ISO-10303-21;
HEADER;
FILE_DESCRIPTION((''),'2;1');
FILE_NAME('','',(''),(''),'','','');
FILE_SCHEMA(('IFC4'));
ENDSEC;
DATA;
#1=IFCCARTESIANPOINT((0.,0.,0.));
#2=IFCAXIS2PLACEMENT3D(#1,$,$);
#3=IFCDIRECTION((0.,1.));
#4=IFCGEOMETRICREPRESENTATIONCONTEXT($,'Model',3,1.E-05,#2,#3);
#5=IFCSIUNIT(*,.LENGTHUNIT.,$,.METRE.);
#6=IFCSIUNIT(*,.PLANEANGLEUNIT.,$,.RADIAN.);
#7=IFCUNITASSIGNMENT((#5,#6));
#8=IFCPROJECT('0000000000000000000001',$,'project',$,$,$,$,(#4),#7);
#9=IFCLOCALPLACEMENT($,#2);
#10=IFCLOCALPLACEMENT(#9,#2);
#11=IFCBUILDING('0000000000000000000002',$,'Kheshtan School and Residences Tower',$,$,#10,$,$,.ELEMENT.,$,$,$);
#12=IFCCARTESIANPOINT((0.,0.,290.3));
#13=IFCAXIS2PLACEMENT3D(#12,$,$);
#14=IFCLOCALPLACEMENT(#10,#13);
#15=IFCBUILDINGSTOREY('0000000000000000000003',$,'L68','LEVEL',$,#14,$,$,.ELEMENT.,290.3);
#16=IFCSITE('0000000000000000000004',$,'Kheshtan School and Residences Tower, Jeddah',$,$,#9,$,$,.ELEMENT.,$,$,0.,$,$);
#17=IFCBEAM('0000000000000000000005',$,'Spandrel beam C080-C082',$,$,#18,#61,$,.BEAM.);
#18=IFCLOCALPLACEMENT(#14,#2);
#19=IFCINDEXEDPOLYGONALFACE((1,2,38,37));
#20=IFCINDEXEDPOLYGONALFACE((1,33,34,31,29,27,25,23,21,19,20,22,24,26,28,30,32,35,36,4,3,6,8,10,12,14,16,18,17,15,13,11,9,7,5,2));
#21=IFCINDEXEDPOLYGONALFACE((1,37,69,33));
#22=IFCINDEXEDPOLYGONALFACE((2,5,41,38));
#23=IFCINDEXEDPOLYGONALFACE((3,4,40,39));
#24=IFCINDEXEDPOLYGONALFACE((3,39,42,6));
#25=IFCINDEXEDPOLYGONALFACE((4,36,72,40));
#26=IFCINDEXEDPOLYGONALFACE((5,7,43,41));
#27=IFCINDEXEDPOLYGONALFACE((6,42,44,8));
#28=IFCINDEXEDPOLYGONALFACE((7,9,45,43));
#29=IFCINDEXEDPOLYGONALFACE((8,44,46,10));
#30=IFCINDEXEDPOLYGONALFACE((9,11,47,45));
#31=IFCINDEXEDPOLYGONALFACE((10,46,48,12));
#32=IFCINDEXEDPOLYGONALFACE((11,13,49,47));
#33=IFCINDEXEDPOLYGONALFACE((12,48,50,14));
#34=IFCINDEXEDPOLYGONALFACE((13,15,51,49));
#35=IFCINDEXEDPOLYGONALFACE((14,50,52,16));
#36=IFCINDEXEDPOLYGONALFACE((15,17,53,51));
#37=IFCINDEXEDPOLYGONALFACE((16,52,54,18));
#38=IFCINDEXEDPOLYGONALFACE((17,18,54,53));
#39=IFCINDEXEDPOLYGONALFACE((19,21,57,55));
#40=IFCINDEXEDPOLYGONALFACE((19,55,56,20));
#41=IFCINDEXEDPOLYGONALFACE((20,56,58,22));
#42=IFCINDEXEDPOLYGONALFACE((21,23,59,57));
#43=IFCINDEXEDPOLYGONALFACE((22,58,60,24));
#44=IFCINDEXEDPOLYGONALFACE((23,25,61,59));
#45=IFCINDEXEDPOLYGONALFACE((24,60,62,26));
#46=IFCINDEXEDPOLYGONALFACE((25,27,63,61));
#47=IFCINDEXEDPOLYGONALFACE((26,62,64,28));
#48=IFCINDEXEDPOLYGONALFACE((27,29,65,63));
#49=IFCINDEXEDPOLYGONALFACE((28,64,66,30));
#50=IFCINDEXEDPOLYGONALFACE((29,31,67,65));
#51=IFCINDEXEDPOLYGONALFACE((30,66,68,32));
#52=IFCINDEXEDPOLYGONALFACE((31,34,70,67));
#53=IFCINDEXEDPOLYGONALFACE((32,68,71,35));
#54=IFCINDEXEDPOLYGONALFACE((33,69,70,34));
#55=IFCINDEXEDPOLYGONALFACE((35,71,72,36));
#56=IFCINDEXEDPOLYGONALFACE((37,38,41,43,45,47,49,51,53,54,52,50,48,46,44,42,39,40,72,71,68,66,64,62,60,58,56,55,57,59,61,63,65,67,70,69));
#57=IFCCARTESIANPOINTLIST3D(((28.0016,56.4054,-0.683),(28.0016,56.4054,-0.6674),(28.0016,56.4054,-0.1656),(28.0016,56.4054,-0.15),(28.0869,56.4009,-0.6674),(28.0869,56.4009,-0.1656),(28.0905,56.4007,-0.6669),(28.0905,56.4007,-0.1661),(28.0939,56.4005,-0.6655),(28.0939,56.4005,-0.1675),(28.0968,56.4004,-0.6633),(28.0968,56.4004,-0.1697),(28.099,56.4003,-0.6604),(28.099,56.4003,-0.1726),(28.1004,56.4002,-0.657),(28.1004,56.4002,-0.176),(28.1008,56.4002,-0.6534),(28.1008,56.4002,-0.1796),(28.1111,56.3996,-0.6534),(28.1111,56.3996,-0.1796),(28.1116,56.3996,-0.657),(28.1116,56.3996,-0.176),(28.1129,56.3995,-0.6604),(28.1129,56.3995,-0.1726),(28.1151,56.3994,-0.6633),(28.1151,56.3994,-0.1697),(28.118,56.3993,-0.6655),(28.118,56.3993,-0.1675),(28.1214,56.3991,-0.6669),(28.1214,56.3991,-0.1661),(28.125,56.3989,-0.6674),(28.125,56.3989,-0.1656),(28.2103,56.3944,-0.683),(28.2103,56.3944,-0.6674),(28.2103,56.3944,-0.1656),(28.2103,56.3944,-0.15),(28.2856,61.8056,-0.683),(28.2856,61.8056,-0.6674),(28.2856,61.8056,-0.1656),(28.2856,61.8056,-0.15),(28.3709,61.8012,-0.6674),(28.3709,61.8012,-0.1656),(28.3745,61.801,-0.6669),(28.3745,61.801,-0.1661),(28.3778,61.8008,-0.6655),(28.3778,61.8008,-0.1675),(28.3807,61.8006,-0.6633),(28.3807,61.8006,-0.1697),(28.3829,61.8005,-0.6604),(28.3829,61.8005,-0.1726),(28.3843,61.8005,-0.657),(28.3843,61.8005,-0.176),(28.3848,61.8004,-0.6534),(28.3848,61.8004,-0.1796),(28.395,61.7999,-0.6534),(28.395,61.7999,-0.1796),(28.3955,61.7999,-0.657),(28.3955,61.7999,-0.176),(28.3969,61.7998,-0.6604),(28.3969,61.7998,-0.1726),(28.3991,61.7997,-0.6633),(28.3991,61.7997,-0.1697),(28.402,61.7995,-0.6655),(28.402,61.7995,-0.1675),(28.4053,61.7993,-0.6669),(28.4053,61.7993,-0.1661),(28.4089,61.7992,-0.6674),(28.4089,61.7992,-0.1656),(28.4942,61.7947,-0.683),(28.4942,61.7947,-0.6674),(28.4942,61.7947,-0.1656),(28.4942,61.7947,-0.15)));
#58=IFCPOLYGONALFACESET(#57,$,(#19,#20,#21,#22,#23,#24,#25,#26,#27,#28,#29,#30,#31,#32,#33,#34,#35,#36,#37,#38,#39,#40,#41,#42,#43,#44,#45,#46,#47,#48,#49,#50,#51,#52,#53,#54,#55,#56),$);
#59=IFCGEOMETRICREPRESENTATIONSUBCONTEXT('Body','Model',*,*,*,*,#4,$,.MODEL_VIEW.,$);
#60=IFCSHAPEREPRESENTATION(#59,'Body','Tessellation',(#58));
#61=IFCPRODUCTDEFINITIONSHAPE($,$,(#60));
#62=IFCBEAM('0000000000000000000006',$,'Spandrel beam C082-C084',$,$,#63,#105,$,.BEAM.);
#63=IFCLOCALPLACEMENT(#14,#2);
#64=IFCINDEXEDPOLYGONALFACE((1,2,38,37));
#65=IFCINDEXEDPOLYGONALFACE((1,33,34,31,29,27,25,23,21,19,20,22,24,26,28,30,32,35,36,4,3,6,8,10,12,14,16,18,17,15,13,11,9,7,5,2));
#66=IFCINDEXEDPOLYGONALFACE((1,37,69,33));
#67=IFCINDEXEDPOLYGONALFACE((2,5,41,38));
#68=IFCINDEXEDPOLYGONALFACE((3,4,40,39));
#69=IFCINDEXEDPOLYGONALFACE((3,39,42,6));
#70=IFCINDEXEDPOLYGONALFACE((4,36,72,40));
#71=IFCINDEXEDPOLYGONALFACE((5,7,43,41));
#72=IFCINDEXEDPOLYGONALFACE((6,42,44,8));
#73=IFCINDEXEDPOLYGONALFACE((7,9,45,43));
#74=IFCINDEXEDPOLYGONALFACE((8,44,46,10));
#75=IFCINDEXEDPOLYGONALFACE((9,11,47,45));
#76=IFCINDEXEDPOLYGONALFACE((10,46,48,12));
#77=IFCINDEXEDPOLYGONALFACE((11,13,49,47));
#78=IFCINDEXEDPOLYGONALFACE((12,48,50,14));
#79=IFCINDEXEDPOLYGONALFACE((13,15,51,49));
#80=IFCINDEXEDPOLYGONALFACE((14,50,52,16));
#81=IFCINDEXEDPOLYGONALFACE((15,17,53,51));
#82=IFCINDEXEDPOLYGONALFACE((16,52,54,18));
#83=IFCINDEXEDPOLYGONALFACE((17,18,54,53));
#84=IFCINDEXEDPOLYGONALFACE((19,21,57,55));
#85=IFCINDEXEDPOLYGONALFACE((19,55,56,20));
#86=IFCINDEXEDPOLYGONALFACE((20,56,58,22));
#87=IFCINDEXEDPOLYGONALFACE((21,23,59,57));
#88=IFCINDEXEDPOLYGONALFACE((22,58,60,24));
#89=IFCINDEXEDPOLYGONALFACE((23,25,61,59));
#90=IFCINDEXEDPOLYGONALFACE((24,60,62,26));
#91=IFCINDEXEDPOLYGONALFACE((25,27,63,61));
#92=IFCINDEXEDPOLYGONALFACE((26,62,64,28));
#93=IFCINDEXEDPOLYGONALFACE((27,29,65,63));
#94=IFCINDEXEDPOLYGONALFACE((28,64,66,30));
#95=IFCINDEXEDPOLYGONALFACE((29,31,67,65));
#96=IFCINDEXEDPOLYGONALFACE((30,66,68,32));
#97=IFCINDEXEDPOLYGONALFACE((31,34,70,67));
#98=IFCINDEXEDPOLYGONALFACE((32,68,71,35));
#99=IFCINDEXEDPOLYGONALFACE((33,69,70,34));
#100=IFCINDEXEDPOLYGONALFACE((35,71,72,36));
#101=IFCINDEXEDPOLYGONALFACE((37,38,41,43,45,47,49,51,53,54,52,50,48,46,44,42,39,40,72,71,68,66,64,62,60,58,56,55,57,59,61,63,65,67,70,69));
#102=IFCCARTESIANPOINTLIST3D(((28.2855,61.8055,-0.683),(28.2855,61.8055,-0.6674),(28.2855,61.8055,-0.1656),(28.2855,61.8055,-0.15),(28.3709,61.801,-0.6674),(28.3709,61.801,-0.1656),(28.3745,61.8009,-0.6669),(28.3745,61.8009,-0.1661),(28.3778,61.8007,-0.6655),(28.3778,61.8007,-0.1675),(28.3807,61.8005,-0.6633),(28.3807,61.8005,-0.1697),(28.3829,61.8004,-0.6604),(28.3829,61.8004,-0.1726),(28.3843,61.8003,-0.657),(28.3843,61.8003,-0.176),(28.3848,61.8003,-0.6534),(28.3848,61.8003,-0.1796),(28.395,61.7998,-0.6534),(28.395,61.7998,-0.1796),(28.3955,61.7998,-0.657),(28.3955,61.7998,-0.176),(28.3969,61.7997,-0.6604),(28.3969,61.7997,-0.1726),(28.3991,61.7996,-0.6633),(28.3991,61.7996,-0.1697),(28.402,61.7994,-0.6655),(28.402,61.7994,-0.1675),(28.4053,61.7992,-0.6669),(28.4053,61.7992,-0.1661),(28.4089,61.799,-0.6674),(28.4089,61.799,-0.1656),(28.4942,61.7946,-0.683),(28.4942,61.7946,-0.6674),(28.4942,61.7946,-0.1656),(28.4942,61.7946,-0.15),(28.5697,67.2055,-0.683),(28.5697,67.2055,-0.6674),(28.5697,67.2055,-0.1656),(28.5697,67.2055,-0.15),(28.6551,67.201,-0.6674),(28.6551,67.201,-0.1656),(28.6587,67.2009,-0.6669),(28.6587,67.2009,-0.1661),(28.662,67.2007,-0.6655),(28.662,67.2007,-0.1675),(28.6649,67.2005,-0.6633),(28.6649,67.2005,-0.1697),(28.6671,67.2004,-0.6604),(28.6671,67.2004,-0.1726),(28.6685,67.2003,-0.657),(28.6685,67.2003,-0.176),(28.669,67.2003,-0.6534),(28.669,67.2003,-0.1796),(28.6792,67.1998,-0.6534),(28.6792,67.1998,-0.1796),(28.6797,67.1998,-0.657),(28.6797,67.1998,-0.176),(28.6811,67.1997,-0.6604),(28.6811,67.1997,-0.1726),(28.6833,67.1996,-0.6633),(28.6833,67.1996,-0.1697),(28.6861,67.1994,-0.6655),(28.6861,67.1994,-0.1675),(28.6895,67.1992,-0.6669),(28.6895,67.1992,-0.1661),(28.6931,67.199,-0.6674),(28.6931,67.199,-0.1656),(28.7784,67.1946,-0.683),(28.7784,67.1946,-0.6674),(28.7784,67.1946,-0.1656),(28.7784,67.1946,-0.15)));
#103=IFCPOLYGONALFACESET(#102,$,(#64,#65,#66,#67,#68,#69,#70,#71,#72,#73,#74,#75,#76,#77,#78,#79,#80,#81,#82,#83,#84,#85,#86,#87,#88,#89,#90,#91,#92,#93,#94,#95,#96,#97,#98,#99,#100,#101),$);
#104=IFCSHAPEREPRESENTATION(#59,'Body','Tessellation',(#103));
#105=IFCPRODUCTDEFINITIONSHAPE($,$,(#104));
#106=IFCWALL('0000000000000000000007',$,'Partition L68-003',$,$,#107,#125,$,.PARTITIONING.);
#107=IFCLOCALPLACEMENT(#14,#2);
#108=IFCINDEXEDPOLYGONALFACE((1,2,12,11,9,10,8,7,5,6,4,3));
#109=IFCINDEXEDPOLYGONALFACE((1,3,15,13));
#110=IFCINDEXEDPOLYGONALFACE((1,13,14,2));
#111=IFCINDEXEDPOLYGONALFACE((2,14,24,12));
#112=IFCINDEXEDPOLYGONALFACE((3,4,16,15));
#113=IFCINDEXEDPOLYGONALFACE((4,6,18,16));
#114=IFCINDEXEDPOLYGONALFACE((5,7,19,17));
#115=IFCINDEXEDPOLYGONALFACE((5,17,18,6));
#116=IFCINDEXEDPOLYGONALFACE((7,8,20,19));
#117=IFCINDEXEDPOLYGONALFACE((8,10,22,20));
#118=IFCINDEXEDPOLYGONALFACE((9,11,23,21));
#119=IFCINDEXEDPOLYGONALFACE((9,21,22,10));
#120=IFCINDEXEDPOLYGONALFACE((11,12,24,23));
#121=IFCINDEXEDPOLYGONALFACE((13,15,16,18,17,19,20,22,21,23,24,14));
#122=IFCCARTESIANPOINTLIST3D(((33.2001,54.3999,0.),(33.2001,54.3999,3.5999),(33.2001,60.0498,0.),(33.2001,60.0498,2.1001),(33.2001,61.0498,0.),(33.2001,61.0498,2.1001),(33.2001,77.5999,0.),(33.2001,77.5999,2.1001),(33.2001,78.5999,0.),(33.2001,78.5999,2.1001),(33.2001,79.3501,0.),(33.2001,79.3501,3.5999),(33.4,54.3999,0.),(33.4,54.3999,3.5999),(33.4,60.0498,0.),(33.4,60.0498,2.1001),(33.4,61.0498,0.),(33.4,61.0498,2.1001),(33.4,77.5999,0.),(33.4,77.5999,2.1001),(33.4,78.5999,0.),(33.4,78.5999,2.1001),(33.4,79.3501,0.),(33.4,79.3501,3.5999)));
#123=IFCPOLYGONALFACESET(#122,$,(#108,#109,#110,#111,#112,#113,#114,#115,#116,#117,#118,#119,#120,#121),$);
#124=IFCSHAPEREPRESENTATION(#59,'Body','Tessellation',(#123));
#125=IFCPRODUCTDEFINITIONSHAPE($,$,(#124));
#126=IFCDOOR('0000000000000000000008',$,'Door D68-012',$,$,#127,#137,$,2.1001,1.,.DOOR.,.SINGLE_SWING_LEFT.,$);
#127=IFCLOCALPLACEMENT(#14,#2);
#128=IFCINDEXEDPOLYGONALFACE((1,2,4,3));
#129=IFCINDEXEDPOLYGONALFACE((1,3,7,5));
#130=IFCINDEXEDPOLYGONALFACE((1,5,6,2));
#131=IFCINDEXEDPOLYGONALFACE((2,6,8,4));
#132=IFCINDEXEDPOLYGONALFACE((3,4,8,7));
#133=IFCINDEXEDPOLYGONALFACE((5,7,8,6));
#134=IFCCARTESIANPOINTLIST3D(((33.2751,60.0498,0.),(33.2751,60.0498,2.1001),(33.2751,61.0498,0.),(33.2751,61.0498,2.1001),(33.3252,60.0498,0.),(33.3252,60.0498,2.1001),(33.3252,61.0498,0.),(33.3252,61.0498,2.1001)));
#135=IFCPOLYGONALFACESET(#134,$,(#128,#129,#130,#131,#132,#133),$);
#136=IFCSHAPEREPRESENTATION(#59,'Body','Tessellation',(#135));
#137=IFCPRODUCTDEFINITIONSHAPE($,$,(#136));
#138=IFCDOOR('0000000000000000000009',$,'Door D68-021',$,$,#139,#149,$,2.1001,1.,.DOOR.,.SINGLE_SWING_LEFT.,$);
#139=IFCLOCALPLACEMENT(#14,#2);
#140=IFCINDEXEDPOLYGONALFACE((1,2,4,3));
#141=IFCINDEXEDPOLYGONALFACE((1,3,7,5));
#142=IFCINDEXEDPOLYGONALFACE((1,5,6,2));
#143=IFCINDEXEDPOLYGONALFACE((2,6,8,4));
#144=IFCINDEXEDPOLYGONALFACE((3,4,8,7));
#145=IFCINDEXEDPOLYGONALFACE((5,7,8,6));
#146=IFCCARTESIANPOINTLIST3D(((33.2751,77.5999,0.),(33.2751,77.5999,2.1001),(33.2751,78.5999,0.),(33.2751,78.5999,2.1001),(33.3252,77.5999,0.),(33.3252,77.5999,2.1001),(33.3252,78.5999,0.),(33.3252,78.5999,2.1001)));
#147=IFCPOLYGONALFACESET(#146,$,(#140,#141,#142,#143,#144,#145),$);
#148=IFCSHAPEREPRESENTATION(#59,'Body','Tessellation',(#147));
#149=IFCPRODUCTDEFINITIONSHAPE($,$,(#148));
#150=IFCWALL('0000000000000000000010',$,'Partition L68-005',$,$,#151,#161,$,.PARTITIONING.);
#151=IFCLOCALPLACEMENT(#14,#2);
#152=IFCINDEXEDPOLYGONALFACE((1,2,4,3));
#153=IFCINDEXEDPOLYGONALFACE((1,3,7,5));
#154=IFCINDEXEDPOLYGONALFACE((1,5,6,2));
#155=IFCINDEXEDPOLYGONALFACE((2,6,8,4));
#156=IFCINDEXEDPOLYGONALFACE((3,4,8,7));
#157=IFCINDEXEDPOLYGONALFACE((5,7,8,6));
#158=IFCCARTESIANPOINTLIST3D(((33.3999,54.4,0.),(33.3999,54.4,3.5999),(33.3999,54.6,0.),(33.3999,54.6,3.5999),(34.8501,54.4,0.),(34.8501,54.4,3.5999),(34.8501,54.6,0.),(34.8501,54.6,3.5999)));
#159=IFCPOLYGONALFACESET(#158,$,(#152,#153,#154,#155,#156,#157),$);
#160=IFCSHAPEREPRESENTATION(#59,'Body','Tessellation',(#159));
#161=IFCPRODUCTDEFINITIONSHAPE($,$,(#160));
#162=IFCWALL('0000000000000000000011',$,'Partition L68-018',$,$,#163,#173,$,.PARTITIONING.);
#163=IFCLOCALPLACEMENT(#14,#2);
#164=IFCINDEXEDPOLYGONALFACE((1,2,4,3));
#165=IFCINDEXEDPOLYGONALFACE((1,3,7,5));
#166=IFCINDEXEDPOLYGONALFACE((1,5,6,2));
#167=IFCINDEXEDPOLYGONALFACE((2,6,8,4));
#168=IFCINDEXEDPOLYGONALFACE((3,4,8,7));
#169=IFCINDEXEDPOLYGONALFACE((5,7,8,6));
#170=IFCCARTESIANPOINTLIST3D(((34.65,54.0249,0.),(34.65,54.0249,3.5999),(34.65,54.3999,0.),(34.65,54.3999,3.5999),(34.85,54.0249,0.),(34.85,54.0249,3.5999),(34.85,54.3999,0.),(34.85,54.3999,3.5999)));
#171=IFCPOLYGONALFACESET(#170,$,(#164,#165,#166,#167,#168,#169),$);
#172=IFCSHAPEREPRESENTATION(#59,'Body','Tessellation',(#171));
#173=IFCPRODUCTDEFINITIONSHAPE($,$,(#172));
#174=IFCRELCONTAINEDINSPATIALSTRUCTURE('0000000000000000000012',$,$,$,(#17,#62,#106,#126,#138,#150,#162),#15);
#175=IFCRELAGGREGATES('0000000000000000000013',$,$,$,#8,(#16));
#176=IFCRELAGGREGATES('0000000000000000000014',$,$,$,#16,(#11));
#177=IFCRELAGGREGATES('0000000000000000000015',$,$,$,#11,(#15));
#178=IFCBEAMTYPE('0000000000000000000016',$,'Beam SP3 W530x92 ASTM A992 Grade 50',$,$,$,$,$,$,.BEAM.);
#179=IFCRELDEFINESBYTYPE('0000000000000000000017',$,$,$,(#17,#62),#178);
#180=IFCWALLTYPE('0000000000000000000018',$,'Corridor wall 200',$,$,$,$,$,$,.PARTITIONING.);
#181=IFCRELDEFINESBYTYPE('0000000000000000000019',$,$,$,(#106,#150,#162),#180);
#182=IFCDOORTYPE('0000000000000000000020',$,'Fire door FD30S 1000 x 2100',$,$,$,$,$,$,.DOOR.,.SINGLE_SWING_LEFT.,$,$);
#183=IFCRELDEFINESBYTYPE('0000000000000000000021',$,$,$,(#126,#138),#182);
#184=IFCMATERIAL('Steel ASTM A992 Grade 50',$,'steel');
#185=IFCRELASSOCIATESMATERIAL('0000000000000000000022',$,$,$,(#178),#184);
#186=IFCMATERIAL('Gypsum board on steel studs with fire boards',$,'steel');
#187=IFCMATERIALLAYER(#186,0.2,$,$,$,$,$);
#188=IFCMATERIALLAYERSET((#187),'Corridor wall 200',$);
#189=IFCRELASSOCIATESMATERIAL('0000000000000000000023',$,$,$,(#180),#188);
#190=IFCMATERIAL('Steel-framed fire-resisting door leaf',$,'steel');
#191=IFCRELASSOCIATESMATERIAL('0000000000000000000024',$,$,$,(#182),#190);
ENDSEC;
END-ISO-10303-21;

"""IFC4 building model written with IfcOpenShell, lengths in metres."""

from ifc_helpers import new_model, si_unit, direction, frame, frame_2d, origin, origin_2d, place, context, subcontext, project, spatial, rectangle, i_section, extrude, source, transform, mapped, material, layer, layer_set, material_profile, profile_set, type_object, element, fill, save


model = new_model("IFC4")

# Units and contexts
model_context = context("Model", 3, precision=1e-05, world=origin(), true_north=direction((0.0, 1.0)))
body_context = subcontext(model_context, "Body", "Model", "MODEL_VIEW")
ifc_project = project(units=[si_unit("LENGTHUNIT", "METRE"), si_unit("PLANEANGLEUNIT", "RADIAN")], contexts=[model_context])

# Site, building, storey
site_placement = place(None, origin())
site = spatial("IfcSite", under=ifc_project, at=site_placement, Name="Kheshtan School and Residences Tower, Jeddah", CompositionType="ELEMENT", RefElevation=0.0)
building_placement = place(site_placement, origin())
building = spatial("IfcBuilding", under=site, at=building_placement, Name="Kheshtan School and Residences Tower", CompositionType="ELEMENT")
storey_placement = place(building_placement, frame((0.0, 0.0, 290.3)))
storey = spatial("IfcBuildingStorey", under=building, at=storey_placement, Name="L68", Description="LEVEL", CompositionType="ELEMENT", Elevation=290.3)

# Shared definitions
ifc_material_1 = material(Name="Steel ASTM A992 Grade 50", Category="steel")

# Beams
ifc_material_profile_1 = material_profile(ifc_material_1, i_section(OverallWidth=0.209, OverallDepth=0.533, WebThickness=0.0103, FlangeThickness=0.0156, FilletRadius=0.0139, at=origin_2d()), Name="W530x92")
ifc_profile_set_1 = profile_set([ifc_material_profile_1], Name="Steel ASTM A992 Grade 50")
beam_type_1 = type_object("IfcBeamType", Name="Beam SP3 W530x92 ASTM A992 Grade 50", PredefinedType="BEAM", material=ifc_profile_set_1)
beam_1_placement = place(storey_placement, frame((28.106, 56.3999, -0.4165), z_axis=(0.052507, 0.998621, 0.0), x_axis=(-0.998621, 0.052507, 0.0)))
element("IfcBeam", 1, at=beam_1_placement, inside=storey, type_object=beam_type_1, Name="Spandrel beam C080-C082", PredefinedType="BEAM", context=body_context, shape_type="SweptSolid", body=[
    extrude(i_section(OverallWidth=0.209, OverallDepth=0.533, WebThickness=0.0103, FlangeThickness=0.0156, FilletRadius=0.0139, at=origin_2d()), origin(), (0.0, 0.0, 1.0), 5.4077),
])
beam_2_placement = place(storey_placement, frame((28.3899, 61.8, -0.4165), z_axis=(0.052554, 0.998618, 0.0), x_axis=(-0.998618, 0.052554, 0.0)))
element("IfcBeam", 2, at=beam_2_placement, inside=storey, type_object=beam_type_1, Name="Spandrel beam C082-C084", PredefinedType="BEAM", context=body_context, shape_type="SweptSolid", body=[
    extrude(i_section(OverallWidth=0.209, OverallDepth=0.533, WebThickness=0.0103, FlangeThickness=0.0156, FilletRadius=0.0139, at=origin_2d()), origin(), (0.0, 0.0, 1.0), 5.4075),
])

# Wall, openings, doors
ifc_material_2 = material(Name="Gypsum board on steel studs with fire boards", Category="steel")
ifc_layer_1 = layer(ifc_material_2, 0.2)
ifc_layer_set_1 = layer_set([ifc_layer_1], Name="Corridor wall 200")
wall_type_1 = type_object("IfcWallType", Name="Corridor wall 200", PredefinedType="PARTITIONING", material=ifc_layer_set_1)
wall_1_placement = place(storey_placement, frame((33.3, 54.3999, 0.0), z_axis=(0.0, 0.0, 1.0), x_axis=(0.0, 1.0, 0.0)))
wall_1 = element("IfcWall", 3, at=wall_1_placement, inside=storey, type_object=wall_type_1, Name="Partition L68-003", PredefinedType="PARTITIONING", context=body_context, shape_type="SweptSolid", body=[
    extrude(rectangle(XDim=24.9502, YDim=0.2, at=frame_2d((12.4751, 0.0))), origin(), (0.0, 0.0, 1.0), 3.5999),
])
opening_1_placement = place(wall_1_placement, frame((5.6499, 0.0, 0.0)))
opening_1 = element("IfcOpeningElement", 4, at=opening_1_placement, cuts=wall_1, PredefinedType="OPENING", context=body_context, shape_type="SweptSolid", body=[
    extrude(rectangle(XDim=1.0, YDim=2.1001, at=frame_2d((0.5, 1.05))), frame((0.0, 0.1099, 0.0), z_axis=(0.0, -1.0, 0.0), x_axis=(1.0, 0.0, 0.0)), (0.0, 0.0, 1.0), 0.22),
])
opening_2_placement = place(wall_1_placement, frame((23.2, 0.0, 0.0)))
opening_2 = element("IfcOpeningElement", 5, at=opening_2_placement, cuts=wall_1, PredefinedType="OPENING", context=body_context, shape_type="SweptSolid", body=[
    extrude(rectangle(XDim=1.0, YDim=2.1001, at=frame_2d((0.5, 1.05))), frame((0.0, 0.1099, 0.0), z_axis=(0.0, -1.0, 0.0), x_axis=(1.0, 0.0, 0.0)), (0.0, 0.0, 1.0), 0.22),
])
ifc_material_3 = material(Name="Steel-framed fire-resisting door leaf", Category="steel")
door_type_1 = type_object("IfcDoorType", Name="Fire door FD30S 1000 x 2100", OperationType="SINGLE_SWING_LEFT", PredefinedType="DOOR", material=ifc_material_3)
shared_shape_1 = source(origin(), body_context, "Body", "SweptSolid", [
    extrude(rectangle(XDim=1.0, YDim=2.1001, at=frame_2d((0.5, 1.05))), frame((0.0, 0.0249, 0.0), z_axis=(0.0, -1.0, 0.0), x_axis=(1.0, 0.0, 0.0)), (0.0, 0.0, 1.0), 0.05),
])
door_1_placement = place(opening_1_placement, origin())
door_1 = element("IfcDoor", 6, at=door_1_placement, inside=storey, type_object=door_type_1, Name="Door D68-012", OperationType="SINGLE_SWING_LEFT", OverallHeight=2.1001, OverallWidth=1.0, PredefinedType="DOOR", context=body_context, shape_type="MappedRepresentation", body=[
    mapped(shared_shape_1, transform((0.0, 0.0, 0.0), x_axis=(1.0, 0.0, 0.0), y_axis=(0.0, 1.0, 0.0), z_axis=(0.0, 0.0, 1.0), scale=1.0)),
])
fill(opening_1, door_1)
door_2_placement = place(opening_2_placement, origin())
door_2 = element("IfcDoor", 7, at=door_2_placement, inside=storey, type_object=door_type_1, Name="Door D68-021", OperationType="SINGLE_SWING_LEFT", OverallHeight=2.1001, OverallWidth=1.0, PredefinedType="DOOR", context=body_context, shape_type="MappedRepresentation", body=[
    mapped(shared_shape_1, transform((0.0, 0.0, 0.0), x_axis=(1.0, 0.0, 0.0), y_axis=(0.0, 1.0, 0.0), z_axis=(0.0, 0.0, 1.0), scale=1.0)),
])
fill(opening_2, door_2)

# Walls
wall_2_placement = place(storey_placement, frame((33.3999, 54.5, 0.0), z_axis=(0.0, 0.0, 1.0), x_axis=(1.0, 0.0, 0.0)))
element("IfcWall", 8, at=wall_2_placement, inside=storey, type_object=wall_type_1, Name="Partition L68-005", PredefinedType="PARTITIONING", context=body_context, shape_type="SweptSolid", body=[
    extrude(rectangle(XDim=1.4502, YDim=0.2, at=frame_2d((0.7251, 0.0))), origin(), (0.0, 0.0, 1.0), 3.5999),
])
wall_3_placement = place(storey_placement, frame((34.75, 54.0249, 0.0), z_axis=(0.0, 0.0, 1.0), x_axis=(0.0, 1.0, 0.0)))
element("IfcWall", 9, at=wall_3_placement, inside=storey, type_object=wall_type_1, Name="Partition L68-018", PredefinedType="PARTITIONING", context=body_context, shape_type="SweptSolid", body=[
    extrude(rectangle(XDim=0.375, YDim=0.2, at=frame_2d((0.1875, 0.0))), origin(), (0.0, 0.0, 1.0), 3.5999),
])

save(model, "model.ifc")
